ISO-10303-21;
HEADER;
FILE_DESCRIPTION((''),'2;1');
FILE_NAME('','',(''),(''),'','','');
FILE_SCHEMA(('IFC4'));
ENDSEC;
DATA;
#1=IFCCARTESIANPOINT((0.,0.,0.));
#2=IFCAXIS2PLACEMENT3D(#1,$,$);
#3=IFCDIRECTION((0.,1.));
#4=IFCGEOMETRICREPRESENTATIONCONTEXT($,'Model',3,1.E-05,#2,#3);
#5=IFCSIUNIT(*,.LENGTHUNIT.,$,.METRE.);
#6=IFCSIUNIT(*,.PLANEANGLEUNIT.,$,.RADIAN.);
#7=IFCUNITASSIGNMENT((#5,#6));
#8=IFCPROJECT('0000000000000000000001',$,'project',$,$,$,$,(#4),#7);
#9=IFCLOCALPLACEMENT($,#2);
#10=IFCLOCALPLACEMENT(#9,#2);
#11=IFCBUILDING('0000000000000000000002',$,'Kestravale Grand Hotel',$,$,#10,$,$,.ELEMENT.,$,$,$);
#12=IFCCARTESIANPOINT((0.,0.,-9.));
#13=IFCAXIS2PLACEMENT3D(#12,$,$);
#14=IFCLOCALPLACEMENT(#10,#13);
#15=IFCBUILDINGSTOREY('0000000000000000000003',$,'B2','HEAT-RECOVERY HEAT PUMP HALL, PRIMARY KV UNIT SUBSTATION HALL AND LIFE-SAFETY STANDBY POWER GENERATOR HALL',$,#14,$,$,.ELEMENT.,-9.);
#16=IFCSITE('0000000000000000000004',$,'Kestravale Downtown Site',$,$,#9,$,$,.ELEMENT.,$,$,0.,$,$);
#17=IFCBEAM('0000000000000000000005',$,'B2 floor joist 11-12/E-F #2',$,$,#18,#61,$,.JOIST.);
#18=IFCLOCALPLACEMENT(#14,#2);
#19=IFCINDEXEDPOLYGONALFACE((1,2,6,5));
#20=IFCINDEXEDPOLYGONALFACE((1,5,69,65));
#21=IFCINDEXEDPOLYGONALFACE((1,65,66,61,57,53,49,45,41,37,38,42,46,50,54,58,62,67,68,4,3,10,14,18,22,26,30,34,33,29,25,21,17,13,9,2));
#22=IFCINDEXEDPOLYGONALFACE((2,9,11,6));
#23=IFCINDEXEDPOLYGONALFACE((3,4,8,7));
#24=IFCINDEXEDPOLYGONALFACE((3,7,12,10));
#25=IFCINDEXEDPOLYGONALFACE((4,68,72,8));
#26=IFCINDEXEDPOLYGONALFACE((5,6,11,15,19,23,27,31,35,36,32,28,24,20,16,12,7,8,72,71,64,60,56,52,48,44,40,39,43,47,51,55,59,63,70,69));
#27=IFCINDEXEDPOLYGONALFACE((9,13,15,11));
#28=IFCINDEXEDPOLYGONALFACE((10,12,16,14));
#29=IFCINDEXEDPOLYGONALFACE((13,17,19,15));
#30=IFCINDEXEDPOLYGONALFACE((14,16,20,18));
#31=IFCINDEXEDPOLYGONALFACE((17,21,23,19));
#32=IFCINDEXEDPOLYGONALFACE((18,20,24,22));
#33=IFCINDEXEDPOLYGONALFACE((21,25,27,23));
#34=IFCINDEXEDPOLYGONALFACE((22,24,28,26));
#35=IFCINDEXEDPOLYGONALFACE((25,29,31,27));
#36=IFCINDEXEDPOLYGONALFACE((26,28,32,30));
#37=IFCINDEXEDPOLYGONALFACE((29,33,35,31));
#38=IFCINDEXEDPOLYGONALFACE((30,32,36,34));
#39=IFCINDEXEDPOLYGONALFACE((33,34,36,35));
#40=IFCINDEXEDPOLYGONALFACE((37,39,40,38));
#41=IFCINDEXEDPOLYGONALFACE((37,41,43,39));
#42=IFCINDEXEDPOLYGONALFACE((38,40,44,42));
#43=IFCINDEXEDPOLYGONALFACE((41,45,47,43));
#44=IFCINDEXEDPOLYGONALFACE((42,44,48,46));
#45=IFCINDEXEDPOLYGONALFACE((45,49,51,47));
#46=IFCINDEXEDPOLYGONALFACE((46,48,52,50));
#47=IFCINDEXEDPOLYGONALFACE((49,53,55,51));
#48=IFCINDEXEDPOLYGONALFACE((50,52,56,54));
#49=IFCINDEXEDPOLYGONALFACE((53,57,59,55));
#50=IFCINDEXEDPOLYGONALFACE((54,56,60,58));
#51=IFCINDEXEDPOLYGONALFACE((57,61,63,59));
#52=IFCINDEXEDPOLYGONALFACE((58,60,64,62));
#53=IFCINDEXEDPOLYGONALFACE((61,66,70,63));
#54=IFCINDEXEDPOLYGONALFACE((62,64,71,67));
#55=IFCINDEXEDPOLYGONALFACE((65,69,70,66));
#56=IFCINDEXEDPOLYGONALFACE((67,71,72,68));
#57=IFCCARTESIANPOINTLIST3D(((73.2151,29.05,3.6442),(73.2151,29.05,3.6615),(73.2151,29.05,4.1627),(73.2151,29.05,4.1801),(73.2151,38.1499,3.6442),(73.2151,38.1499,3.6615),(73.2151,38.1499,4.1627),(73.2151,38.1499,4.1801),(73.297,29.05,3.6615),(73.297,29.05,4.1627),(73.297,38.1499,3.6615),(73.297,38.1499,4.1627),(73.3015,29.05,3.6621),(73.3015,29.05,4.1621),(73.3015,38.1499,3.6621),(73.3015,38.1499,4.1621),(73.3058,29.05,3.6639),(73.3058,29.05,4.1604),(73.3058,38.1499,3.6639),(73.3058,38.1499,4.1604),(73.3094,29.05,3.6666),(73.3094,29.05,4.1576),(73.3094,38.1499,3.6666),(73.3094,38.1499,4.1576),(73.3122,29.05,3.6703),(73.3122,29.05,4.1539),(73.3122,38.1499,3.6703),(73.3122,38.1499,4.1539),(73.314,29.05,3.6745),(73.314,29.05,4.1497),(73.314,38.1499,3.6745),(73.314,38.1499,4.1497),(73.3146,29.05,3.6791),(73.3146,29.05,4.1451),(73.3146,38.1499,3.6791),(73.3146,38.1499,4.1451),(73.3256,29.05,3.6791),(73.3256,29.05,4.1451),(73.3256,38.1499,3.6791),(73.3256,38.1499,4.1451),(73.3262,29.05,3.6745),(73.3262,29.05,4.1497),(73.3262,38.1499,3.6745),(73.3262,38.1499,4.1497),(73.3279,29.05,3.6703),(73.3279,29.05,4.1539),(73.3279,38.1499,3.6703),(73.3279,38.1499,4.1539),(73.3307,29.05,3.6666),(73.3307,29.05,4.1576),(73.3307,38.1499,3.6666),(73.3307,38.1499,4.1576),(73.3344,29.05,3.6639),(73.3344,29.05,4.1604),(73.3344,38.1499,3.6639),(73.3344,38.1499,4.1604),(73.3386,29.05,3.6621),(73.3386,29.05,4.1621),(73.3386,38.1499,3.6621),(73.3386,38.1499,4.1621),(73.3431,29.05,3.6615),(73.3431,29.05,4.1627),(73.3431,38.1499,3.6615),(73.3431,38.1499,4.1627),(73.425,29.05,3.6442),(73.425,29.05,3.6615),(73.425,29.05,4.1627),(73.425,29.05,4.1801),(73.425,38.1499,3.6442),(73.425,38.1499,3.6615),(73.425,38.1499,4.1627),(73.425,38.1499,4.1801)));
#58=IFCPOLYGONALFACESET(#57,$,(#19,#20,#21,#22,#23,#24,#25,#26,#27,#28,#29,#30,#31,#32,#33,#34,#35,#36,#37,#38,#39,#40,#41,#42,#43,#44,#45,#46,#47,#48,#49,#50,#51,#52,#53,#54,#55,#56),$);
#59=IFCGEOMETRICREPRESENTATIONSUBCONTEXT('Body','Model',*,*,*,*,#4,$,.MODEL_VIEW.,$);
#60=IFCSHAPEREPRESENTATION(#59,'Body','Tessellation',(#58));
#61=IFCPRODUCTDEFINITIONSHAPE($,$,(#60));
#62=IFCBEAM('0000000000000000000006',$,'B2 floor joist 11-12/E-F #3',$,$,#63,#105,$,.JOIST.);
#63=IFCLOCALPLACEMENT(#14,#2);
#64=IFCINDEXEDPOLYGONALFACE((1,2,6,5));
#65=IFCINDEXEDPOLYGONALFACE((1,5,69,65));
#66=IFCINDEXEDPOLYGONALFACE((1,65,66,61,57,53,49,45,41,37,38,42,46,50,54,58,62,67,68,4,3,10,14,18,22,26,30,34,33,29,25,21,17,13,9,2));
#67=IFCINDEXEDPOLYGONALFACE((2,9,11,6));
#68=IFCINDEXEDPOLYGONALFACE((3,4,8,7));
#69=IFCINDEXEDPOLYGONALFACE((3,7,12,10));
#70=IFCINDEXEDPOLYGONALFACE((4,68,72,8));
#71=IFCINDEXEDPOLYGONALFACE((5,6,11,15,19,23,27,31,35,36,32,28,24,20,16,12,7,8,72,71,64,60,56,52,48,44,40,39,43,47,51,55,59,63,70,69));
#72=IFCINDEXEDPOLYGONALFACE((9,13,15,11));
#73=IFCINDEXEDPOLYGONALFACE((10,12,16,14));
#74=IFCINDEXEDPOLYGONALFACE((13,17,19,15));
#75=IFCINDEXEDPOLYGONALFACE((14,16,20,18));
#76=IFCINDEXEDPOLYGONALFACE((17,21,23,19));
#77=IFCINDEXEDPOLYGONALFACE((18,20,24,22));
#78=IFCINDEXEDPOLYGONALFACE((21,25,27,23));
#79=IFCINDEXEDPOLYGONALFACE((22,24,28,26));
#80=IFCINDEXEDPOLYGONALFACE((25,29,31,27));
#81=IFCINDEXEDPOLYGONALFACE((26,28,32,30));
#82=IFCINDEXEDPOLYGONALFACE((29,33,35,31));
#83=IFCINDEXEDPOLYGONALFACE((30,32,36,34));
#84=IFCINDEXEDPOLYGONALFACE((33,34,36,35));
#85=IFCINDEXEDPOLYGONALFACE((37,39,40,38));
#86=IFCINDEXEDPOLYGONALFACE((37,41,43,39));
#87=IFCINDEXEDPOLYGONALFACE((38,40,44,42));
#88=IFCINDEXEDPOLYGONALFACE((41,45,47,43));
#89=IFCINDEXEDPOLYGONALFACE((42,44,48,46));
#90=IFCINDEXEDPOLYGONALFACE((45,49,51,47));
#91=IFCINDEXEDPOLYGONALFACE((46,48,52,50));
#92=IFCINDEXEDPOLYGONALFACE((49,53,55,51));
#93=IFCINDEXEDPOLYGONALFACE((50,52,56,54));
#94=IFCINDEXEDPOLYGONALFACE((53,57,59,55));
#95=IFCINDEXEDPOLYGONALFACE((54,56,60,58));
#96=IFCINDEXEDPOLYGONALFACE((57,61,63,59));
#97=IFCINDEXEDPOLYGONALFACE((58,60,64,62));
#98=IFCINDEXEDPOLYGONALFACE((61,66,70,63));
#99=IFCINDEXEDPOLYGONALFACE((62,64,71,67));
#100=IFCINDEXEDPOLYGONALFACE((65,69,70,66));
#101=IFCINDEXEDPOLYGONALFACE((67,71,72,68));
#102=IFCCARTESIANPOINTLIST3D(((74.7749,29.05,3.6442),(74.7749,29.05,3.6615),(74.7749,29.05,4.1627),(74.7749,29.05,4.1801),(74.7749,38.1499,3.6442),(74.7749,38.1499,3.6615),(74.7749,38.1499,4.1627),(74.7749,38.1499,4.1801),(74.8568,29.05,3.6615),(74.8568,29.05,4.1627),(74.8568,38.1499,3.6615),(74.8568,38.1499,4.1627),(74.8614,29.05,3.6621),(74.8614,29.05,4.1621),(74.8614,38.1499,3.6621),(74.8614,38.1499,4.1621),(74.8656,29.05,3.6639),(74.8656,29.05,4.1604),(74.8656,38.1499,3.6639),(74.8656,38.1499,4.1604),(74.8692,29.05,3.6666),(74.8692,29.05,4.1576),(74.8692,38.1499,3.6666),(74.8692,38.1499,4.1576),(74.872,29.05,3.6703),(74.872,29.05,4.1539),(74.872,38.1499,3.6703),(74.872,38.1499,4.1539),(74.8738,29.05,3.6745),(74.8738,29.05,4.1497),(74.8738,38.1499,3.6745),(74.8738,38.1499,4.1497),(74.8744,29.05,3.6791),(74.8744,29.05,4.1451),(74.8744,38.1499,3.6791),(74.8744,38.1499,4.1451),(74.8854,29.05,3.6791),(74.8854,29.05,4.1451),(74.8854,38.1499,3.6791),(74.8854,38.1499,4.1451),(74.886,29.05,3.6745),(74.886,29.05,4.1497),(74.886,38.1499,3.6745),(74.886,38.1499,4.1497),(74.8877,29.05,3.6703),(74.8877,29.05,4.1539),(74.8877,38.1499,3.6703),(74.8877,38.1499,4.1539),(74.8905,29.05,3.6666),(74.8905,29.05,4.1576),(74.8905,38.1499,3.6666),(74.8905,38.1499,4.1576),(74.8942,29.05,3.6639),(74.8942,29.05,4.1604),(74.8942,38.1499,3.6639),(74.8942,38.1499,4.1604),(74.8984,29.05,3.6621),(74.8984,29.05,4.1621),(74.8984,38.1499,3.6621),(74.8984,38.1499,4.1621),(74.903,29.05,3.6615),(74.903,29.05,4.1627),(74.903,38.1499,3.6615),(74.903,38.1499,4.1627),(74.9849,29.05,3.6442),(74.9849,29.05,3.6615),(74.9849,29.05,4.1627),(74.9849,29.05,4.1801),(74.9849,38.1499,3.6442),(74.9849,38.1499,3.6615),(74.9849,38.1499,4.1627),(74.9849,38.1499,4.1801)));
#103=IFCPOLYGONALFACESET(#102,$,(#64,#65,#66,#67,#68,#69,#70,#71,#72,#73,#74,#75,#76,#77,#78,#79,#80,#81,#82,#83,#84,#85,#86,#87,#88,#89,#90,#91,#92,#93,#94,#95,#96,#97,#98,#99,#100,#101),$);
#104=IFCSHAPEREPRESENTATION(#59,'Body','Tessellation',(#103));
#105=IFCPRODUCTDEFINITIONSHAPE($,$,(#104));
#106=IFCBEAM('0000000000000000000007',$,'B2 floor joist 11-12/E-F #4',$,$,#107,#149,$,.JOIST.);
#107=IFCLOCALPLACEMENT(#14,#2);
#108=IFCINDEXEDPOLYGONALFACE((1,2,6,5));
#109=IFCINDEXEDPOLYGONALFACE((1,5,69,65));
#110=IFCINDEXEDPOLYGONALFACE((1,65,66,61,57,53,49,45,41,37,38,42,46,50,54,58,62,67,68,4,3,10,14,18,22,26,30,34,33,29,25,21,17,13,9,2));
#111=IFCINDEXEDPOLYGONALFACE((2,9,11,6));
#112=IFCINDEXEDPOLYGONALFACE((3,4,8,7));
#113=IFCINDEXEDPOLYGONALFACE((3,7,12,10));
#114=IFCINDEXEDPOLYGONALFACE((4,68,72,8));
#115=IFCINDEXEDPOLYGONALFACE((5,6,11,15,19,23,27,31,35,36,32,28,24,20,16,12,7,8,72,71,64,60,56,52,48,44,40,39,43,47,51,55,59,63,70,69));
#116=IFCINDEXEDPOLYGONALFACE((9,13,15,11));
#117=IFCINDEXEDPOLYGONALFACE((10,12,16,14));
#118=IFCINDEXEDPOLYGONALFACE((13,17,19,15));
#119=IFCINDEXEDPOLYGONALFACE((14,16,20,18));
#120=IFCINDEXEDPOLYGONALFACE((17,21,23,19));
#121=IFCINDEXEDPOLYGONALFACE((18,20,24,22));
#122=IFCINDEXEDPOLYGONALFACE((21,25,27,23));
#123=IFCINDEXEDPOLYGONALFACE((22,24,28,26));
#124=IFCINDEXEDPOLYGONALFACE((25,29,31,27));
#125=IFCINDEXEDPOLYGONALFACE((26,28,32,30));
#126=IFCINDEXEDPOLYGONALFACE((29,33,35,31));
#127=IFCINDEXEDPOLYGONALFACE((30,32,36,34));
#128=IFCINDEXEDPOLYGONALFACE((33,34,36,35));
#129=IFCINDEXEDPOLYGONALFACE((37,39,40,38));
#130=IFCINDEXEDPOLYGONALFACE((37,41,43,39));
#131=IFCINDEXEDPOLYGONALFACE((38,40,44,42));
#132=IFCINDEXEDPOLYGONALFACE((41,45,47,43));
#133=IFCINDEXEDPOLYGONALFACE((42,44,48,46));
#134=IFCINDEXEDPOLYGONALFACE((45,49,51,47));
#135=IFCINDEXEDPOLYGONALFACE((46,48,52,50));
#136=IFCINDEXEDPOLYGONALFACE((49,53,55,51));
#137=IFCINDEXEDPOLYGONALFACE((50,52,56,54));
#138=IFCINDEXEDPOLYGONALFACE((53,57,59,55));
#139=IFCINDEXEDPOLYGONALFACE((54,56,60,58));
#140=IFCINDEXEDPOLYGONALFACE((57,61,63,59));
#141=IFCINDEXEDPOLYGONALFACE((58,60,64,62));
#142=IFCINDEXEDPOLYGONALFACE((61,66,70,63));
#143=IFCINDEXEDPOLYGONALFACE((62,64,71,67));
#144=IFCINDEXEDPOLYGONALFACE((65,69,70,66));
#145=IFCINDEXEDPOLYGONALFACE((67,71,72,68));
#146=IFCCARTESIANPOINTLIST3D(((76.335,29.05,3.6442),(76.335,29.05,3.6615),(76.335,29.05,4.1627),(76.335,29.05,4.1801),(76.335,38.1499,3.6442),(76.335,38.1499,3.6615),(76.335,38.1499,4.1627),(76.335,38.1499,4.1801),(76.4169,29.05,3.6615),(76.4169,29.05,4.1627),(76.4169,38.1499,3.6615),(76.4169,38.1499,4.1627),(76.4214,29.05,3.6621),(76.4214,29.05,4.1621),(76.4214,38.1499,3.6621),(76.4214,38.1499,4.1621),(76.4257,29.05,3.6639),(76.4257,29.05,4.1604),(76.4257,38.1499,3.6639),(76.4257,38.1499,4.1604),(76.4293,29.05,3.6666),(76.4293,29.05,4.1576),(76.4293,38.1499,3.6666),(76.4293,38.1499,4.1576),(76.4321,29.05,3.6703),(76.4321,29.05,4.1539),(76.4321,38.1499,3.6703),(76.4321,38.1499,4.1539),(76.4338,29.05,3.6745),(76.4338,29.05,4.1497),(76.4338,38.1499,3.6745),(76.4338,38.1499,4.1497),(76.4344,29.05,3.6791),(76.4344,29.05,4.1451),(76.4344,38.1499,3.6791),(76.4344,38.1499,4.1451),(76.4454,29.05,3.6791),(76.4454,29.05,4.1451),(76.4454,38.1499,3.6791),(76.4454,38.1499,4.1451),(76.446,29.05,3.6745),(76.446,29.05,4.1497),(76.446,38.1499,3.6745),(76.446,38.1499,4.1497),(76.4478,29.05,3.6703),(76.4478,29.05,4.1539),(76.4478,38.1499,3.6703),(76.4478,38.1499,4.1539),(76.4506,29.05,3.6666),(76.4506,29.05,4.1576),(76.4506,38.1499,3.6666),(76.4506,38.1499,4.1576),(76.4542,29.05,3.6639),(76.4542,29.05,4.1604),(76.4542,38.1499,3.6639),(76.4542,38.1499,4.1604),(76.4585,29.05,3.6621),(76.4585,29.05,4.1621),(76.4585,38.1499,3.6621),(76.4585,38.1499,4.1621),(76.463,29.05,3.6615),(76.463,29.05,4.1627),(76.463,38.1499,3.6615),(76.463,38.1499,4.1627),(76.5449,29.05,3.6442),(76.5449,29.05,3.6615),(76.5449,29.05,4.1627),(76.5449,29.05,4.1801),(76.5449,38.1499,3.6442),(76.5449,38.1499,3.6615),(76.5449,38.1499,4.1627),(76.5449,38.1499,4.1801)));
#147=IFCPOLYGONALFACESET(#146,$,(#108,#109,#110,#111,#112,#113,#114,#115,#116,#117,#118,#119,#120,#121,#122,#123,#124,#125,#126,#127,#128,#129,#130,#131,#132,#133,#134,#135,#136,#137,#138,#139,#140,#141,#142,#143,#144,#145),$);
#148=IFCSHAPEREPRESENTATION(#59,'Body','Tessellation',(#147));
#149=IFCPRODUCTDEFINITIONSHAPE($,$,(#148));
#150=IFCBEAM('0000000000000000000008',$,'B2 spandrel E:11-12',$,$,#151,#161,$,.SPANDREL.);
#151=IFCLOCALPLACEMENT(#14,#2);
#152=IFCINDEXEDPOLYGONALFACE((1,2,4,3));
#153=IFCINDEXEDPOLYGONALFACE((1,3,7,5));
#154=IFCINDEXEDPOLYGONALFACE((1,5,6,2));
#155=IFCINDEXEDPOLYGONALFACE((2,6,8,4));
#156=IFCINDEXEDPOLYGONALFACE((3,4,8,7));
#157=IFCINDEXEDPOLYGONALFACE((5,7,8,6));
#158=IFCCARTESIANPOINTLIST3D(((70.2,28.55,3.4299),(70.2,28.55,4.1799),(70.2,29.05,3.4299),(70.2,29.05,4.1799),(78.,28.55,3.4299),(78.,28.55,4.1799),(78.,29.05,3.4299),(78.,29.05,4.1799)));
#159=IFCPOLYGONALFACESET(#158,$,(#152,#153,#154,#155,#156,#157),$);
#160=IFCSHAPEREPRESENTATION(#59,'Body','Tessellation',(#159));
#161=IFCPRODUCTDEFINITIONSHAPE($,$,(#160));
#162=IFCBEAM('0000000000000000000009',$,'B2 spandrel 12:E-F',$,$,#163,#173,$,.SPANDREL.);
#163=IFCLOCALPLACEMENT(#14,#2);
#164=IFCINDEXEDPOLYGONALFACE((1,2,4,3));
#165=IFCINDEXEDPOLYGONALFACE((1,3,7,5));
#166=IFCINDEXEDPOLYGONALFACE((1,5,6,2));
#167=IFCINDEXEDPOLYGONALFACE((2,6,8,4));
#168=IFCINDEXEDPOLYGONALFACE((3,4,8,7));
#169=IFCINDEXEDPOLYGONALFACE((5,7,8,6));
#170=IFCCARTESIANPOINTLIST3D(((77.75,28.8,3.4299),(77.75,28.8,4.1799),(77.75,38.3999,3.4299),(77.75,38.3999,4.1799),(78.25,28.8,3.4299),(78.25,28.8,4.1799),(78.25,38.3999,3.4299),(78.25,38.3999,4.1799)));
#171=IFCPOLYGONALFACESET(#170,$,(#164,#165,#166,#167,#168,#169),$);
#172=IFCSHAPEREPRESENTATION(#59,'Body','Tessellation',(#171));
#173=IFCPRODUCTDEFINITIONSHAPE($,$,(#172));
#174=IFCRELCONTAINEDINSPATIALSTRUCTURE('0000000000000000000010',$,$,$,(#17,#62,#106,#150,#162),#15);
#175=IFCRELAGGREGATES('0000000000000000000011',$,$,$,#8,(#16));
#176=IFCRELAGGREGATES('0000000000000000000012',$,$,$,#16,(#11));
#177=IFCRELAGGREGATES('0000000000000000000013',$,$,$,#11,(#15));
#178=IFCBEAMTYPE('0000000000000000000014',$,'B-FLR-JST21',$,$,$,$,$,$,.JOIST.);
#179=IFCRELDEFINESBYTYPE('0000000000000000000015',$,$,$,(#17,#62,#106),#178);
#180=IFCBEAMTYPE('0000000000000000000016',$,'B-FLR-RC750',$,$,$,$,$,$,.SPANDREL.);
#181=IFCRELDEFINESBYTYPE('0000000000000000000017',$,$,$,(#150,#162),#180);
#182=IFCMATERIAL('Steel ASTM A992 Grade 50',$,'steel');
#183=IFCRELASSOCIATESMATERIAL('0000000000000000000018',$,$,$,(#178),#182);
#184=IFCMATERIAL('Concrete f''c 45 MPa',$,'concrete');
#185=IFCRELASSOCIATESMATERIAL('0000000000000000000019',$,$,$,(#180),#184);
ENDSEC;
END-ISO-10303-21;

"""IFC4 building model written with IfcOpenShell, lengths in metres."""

from ifc_helpers import new_model, si_unit, direction, frame, origin, origin_2d, place, context, subcontext, project, spatial, rectangle, i_section, extrude, material, material_profile, profile_set, type_object, element, save


model = new_model("IFC4")

# Units and contexts
model_context = context("Model", 3, precision=1e-05, world=origin(), true_north=direction((0.0, 1.0)))
body_context = subcontext(model_context, "Body", "Model", "MODEL_VIEW")
ifc_project = project(units=[si_unit("LENGTHUNIT", "METRE"), si_unit("PLANEANGLEUNIT", "RADIAN")], contexts=[model_context])

# Site, building, storey
site_placement = place(None, origin())
site = spatial("IfcSite", under=ifc_project, at=site_placement, Name="Kestravale Downtown Site", CompositionType="ELEMENT", RefElevation=0.0)
building_placement = place(site_placement, origin())
building = spatial("IfcBuilding", under=site, at=building_placement, Name="Kestravale Grand Hotel", CompositionType="ELEMENT")
storey_placement = place(building_placement, frame((0.0, 0.0, -9.0)))
storey = spatial("IfcBuildingStorey", under=building, at=storey_placement, Name="B2", Description="HEAT-RECOVERY HEAT PUMP HALL, PRIMARY KV UNIT SUBSTATION HALL AND LIFE-SAFETY STANDBY POWER GENERATOR HALL", CompositionType="ELEMENT", Elevation=-9.0)

# Beams
ifc_material_1 = material(Name="Steel ASTM A992 Grade 50", Category="steel")
ifc_material_profile_1 = material_profile(ifc_material_1, i_section(OverallWidth=0.21, OverallDepth=0.5359, WebThickness=0.011, FlangeThickness=0.0173, FilletRadius=0.0176, at=origin_2d()))
ifc_profile_set_1 = profile_set([ifc_material_profile_1], Name="Steel ASTM A992 Grade 50")
beam_type_1 = type_object("IfcBeamType", Name="B-FLR-JST21", PredefinedType="JOIST", material=ifc_profile_set_1)
for number, where, z_axis, x_axis, name in (
    (1, (73.3201, 29.05, 3.9121), (0.0, 1.0, 0.0), (-1.0, 0.0, 0.0), "B2 floor joist 11-12/E-F #2"),
    (2, (74.8799, 29.05, 3.9121), (0.0, 1.0, 0.0), (-1.0, 0.0, 0.0), "B2 floor joist 11-12/E-F #3"),
    (3, (76.4399, 29.05, 3.9121), (0.0, 1.0, 0.0), (-1.0, 0.0, 0.0), "B2 floor joist 11-12/E-F #4"),
):
    element("IfcBeam", number, at=place(storey_placement, frame(where, z_axis=z_axis, x_axis=x_axis)), inside=storey, type_object=beam_type_1, Name=name, PredefinedType="JOIST", context=body_context, shape_type="SweptSolid", body=[
        extrude(i_section(OverallWidth=0.21, OverallDepth=0.5359, WebThickness=0.011, FlangeThickness=0.0173, FilletRadius=0.0176, at=origin_2d()), origin(), (0.0, 0.0, 1.0), 9.0999),
    ])
ifc_material_2 = material(Name="Concrete f'c 45 MPa", Category="concrete")
ifc_material_profile_2 = material_profile(ifc_material_2, rectangle(XDim=0.5, YDim=0.75, at=origin_2d()))
ifc_profile_set_2 = profile_set([ifc_material_profile_2], Name="Concrete f'c 45 MPa")
beam_type_2 = type_object("IfcBeamType", Name="B-FLR-RC750", PredefinedType="SPANDREL", material=ifc_profile_set_2)
beam_1_placement = place(storey_placement, frame((70.2, 28.8, 3.8049), z_axis=(1.0, 0.0, 0.0), x_axis=(0.0, 1.0, 0.0)))
element("IfcBeam", 4, at=beam_1_placement, inside=storey, type_object=beam_type_2, Name="B2 spandrel E:11-12", PredefinedType="SPANDREL", context=body_context, shape_type="SweptSolid", body=[
    extrude(rectangle(XDim=0.5, YDim=0.75, at=origin_2d()), origin(), (0.0, 0.0, 1.0), 7.8),
])
beam_2_placement = place(storey_placement, frame((78.0, 28.8, 3.8049), z_axis=(0.0, 1.0, 0.0), x_axis=(-1.0, 0.0, 0.0)))
element("IfcBeam", 5, at=beam_2_placement, inside=storey, type_object=beam_type_2, Name="B2 spandrel 12:E-F", PredefinedType="SPANDREL", context=body_context, shape_type="SweptSolid", body=[
    extrude(rectangle(XDim=0.5, YDim=0.75, at=origin_2d()), origin(), (0.0, 0.0, 1.0), 9.5999),
])

save(model, "model.ifc")
